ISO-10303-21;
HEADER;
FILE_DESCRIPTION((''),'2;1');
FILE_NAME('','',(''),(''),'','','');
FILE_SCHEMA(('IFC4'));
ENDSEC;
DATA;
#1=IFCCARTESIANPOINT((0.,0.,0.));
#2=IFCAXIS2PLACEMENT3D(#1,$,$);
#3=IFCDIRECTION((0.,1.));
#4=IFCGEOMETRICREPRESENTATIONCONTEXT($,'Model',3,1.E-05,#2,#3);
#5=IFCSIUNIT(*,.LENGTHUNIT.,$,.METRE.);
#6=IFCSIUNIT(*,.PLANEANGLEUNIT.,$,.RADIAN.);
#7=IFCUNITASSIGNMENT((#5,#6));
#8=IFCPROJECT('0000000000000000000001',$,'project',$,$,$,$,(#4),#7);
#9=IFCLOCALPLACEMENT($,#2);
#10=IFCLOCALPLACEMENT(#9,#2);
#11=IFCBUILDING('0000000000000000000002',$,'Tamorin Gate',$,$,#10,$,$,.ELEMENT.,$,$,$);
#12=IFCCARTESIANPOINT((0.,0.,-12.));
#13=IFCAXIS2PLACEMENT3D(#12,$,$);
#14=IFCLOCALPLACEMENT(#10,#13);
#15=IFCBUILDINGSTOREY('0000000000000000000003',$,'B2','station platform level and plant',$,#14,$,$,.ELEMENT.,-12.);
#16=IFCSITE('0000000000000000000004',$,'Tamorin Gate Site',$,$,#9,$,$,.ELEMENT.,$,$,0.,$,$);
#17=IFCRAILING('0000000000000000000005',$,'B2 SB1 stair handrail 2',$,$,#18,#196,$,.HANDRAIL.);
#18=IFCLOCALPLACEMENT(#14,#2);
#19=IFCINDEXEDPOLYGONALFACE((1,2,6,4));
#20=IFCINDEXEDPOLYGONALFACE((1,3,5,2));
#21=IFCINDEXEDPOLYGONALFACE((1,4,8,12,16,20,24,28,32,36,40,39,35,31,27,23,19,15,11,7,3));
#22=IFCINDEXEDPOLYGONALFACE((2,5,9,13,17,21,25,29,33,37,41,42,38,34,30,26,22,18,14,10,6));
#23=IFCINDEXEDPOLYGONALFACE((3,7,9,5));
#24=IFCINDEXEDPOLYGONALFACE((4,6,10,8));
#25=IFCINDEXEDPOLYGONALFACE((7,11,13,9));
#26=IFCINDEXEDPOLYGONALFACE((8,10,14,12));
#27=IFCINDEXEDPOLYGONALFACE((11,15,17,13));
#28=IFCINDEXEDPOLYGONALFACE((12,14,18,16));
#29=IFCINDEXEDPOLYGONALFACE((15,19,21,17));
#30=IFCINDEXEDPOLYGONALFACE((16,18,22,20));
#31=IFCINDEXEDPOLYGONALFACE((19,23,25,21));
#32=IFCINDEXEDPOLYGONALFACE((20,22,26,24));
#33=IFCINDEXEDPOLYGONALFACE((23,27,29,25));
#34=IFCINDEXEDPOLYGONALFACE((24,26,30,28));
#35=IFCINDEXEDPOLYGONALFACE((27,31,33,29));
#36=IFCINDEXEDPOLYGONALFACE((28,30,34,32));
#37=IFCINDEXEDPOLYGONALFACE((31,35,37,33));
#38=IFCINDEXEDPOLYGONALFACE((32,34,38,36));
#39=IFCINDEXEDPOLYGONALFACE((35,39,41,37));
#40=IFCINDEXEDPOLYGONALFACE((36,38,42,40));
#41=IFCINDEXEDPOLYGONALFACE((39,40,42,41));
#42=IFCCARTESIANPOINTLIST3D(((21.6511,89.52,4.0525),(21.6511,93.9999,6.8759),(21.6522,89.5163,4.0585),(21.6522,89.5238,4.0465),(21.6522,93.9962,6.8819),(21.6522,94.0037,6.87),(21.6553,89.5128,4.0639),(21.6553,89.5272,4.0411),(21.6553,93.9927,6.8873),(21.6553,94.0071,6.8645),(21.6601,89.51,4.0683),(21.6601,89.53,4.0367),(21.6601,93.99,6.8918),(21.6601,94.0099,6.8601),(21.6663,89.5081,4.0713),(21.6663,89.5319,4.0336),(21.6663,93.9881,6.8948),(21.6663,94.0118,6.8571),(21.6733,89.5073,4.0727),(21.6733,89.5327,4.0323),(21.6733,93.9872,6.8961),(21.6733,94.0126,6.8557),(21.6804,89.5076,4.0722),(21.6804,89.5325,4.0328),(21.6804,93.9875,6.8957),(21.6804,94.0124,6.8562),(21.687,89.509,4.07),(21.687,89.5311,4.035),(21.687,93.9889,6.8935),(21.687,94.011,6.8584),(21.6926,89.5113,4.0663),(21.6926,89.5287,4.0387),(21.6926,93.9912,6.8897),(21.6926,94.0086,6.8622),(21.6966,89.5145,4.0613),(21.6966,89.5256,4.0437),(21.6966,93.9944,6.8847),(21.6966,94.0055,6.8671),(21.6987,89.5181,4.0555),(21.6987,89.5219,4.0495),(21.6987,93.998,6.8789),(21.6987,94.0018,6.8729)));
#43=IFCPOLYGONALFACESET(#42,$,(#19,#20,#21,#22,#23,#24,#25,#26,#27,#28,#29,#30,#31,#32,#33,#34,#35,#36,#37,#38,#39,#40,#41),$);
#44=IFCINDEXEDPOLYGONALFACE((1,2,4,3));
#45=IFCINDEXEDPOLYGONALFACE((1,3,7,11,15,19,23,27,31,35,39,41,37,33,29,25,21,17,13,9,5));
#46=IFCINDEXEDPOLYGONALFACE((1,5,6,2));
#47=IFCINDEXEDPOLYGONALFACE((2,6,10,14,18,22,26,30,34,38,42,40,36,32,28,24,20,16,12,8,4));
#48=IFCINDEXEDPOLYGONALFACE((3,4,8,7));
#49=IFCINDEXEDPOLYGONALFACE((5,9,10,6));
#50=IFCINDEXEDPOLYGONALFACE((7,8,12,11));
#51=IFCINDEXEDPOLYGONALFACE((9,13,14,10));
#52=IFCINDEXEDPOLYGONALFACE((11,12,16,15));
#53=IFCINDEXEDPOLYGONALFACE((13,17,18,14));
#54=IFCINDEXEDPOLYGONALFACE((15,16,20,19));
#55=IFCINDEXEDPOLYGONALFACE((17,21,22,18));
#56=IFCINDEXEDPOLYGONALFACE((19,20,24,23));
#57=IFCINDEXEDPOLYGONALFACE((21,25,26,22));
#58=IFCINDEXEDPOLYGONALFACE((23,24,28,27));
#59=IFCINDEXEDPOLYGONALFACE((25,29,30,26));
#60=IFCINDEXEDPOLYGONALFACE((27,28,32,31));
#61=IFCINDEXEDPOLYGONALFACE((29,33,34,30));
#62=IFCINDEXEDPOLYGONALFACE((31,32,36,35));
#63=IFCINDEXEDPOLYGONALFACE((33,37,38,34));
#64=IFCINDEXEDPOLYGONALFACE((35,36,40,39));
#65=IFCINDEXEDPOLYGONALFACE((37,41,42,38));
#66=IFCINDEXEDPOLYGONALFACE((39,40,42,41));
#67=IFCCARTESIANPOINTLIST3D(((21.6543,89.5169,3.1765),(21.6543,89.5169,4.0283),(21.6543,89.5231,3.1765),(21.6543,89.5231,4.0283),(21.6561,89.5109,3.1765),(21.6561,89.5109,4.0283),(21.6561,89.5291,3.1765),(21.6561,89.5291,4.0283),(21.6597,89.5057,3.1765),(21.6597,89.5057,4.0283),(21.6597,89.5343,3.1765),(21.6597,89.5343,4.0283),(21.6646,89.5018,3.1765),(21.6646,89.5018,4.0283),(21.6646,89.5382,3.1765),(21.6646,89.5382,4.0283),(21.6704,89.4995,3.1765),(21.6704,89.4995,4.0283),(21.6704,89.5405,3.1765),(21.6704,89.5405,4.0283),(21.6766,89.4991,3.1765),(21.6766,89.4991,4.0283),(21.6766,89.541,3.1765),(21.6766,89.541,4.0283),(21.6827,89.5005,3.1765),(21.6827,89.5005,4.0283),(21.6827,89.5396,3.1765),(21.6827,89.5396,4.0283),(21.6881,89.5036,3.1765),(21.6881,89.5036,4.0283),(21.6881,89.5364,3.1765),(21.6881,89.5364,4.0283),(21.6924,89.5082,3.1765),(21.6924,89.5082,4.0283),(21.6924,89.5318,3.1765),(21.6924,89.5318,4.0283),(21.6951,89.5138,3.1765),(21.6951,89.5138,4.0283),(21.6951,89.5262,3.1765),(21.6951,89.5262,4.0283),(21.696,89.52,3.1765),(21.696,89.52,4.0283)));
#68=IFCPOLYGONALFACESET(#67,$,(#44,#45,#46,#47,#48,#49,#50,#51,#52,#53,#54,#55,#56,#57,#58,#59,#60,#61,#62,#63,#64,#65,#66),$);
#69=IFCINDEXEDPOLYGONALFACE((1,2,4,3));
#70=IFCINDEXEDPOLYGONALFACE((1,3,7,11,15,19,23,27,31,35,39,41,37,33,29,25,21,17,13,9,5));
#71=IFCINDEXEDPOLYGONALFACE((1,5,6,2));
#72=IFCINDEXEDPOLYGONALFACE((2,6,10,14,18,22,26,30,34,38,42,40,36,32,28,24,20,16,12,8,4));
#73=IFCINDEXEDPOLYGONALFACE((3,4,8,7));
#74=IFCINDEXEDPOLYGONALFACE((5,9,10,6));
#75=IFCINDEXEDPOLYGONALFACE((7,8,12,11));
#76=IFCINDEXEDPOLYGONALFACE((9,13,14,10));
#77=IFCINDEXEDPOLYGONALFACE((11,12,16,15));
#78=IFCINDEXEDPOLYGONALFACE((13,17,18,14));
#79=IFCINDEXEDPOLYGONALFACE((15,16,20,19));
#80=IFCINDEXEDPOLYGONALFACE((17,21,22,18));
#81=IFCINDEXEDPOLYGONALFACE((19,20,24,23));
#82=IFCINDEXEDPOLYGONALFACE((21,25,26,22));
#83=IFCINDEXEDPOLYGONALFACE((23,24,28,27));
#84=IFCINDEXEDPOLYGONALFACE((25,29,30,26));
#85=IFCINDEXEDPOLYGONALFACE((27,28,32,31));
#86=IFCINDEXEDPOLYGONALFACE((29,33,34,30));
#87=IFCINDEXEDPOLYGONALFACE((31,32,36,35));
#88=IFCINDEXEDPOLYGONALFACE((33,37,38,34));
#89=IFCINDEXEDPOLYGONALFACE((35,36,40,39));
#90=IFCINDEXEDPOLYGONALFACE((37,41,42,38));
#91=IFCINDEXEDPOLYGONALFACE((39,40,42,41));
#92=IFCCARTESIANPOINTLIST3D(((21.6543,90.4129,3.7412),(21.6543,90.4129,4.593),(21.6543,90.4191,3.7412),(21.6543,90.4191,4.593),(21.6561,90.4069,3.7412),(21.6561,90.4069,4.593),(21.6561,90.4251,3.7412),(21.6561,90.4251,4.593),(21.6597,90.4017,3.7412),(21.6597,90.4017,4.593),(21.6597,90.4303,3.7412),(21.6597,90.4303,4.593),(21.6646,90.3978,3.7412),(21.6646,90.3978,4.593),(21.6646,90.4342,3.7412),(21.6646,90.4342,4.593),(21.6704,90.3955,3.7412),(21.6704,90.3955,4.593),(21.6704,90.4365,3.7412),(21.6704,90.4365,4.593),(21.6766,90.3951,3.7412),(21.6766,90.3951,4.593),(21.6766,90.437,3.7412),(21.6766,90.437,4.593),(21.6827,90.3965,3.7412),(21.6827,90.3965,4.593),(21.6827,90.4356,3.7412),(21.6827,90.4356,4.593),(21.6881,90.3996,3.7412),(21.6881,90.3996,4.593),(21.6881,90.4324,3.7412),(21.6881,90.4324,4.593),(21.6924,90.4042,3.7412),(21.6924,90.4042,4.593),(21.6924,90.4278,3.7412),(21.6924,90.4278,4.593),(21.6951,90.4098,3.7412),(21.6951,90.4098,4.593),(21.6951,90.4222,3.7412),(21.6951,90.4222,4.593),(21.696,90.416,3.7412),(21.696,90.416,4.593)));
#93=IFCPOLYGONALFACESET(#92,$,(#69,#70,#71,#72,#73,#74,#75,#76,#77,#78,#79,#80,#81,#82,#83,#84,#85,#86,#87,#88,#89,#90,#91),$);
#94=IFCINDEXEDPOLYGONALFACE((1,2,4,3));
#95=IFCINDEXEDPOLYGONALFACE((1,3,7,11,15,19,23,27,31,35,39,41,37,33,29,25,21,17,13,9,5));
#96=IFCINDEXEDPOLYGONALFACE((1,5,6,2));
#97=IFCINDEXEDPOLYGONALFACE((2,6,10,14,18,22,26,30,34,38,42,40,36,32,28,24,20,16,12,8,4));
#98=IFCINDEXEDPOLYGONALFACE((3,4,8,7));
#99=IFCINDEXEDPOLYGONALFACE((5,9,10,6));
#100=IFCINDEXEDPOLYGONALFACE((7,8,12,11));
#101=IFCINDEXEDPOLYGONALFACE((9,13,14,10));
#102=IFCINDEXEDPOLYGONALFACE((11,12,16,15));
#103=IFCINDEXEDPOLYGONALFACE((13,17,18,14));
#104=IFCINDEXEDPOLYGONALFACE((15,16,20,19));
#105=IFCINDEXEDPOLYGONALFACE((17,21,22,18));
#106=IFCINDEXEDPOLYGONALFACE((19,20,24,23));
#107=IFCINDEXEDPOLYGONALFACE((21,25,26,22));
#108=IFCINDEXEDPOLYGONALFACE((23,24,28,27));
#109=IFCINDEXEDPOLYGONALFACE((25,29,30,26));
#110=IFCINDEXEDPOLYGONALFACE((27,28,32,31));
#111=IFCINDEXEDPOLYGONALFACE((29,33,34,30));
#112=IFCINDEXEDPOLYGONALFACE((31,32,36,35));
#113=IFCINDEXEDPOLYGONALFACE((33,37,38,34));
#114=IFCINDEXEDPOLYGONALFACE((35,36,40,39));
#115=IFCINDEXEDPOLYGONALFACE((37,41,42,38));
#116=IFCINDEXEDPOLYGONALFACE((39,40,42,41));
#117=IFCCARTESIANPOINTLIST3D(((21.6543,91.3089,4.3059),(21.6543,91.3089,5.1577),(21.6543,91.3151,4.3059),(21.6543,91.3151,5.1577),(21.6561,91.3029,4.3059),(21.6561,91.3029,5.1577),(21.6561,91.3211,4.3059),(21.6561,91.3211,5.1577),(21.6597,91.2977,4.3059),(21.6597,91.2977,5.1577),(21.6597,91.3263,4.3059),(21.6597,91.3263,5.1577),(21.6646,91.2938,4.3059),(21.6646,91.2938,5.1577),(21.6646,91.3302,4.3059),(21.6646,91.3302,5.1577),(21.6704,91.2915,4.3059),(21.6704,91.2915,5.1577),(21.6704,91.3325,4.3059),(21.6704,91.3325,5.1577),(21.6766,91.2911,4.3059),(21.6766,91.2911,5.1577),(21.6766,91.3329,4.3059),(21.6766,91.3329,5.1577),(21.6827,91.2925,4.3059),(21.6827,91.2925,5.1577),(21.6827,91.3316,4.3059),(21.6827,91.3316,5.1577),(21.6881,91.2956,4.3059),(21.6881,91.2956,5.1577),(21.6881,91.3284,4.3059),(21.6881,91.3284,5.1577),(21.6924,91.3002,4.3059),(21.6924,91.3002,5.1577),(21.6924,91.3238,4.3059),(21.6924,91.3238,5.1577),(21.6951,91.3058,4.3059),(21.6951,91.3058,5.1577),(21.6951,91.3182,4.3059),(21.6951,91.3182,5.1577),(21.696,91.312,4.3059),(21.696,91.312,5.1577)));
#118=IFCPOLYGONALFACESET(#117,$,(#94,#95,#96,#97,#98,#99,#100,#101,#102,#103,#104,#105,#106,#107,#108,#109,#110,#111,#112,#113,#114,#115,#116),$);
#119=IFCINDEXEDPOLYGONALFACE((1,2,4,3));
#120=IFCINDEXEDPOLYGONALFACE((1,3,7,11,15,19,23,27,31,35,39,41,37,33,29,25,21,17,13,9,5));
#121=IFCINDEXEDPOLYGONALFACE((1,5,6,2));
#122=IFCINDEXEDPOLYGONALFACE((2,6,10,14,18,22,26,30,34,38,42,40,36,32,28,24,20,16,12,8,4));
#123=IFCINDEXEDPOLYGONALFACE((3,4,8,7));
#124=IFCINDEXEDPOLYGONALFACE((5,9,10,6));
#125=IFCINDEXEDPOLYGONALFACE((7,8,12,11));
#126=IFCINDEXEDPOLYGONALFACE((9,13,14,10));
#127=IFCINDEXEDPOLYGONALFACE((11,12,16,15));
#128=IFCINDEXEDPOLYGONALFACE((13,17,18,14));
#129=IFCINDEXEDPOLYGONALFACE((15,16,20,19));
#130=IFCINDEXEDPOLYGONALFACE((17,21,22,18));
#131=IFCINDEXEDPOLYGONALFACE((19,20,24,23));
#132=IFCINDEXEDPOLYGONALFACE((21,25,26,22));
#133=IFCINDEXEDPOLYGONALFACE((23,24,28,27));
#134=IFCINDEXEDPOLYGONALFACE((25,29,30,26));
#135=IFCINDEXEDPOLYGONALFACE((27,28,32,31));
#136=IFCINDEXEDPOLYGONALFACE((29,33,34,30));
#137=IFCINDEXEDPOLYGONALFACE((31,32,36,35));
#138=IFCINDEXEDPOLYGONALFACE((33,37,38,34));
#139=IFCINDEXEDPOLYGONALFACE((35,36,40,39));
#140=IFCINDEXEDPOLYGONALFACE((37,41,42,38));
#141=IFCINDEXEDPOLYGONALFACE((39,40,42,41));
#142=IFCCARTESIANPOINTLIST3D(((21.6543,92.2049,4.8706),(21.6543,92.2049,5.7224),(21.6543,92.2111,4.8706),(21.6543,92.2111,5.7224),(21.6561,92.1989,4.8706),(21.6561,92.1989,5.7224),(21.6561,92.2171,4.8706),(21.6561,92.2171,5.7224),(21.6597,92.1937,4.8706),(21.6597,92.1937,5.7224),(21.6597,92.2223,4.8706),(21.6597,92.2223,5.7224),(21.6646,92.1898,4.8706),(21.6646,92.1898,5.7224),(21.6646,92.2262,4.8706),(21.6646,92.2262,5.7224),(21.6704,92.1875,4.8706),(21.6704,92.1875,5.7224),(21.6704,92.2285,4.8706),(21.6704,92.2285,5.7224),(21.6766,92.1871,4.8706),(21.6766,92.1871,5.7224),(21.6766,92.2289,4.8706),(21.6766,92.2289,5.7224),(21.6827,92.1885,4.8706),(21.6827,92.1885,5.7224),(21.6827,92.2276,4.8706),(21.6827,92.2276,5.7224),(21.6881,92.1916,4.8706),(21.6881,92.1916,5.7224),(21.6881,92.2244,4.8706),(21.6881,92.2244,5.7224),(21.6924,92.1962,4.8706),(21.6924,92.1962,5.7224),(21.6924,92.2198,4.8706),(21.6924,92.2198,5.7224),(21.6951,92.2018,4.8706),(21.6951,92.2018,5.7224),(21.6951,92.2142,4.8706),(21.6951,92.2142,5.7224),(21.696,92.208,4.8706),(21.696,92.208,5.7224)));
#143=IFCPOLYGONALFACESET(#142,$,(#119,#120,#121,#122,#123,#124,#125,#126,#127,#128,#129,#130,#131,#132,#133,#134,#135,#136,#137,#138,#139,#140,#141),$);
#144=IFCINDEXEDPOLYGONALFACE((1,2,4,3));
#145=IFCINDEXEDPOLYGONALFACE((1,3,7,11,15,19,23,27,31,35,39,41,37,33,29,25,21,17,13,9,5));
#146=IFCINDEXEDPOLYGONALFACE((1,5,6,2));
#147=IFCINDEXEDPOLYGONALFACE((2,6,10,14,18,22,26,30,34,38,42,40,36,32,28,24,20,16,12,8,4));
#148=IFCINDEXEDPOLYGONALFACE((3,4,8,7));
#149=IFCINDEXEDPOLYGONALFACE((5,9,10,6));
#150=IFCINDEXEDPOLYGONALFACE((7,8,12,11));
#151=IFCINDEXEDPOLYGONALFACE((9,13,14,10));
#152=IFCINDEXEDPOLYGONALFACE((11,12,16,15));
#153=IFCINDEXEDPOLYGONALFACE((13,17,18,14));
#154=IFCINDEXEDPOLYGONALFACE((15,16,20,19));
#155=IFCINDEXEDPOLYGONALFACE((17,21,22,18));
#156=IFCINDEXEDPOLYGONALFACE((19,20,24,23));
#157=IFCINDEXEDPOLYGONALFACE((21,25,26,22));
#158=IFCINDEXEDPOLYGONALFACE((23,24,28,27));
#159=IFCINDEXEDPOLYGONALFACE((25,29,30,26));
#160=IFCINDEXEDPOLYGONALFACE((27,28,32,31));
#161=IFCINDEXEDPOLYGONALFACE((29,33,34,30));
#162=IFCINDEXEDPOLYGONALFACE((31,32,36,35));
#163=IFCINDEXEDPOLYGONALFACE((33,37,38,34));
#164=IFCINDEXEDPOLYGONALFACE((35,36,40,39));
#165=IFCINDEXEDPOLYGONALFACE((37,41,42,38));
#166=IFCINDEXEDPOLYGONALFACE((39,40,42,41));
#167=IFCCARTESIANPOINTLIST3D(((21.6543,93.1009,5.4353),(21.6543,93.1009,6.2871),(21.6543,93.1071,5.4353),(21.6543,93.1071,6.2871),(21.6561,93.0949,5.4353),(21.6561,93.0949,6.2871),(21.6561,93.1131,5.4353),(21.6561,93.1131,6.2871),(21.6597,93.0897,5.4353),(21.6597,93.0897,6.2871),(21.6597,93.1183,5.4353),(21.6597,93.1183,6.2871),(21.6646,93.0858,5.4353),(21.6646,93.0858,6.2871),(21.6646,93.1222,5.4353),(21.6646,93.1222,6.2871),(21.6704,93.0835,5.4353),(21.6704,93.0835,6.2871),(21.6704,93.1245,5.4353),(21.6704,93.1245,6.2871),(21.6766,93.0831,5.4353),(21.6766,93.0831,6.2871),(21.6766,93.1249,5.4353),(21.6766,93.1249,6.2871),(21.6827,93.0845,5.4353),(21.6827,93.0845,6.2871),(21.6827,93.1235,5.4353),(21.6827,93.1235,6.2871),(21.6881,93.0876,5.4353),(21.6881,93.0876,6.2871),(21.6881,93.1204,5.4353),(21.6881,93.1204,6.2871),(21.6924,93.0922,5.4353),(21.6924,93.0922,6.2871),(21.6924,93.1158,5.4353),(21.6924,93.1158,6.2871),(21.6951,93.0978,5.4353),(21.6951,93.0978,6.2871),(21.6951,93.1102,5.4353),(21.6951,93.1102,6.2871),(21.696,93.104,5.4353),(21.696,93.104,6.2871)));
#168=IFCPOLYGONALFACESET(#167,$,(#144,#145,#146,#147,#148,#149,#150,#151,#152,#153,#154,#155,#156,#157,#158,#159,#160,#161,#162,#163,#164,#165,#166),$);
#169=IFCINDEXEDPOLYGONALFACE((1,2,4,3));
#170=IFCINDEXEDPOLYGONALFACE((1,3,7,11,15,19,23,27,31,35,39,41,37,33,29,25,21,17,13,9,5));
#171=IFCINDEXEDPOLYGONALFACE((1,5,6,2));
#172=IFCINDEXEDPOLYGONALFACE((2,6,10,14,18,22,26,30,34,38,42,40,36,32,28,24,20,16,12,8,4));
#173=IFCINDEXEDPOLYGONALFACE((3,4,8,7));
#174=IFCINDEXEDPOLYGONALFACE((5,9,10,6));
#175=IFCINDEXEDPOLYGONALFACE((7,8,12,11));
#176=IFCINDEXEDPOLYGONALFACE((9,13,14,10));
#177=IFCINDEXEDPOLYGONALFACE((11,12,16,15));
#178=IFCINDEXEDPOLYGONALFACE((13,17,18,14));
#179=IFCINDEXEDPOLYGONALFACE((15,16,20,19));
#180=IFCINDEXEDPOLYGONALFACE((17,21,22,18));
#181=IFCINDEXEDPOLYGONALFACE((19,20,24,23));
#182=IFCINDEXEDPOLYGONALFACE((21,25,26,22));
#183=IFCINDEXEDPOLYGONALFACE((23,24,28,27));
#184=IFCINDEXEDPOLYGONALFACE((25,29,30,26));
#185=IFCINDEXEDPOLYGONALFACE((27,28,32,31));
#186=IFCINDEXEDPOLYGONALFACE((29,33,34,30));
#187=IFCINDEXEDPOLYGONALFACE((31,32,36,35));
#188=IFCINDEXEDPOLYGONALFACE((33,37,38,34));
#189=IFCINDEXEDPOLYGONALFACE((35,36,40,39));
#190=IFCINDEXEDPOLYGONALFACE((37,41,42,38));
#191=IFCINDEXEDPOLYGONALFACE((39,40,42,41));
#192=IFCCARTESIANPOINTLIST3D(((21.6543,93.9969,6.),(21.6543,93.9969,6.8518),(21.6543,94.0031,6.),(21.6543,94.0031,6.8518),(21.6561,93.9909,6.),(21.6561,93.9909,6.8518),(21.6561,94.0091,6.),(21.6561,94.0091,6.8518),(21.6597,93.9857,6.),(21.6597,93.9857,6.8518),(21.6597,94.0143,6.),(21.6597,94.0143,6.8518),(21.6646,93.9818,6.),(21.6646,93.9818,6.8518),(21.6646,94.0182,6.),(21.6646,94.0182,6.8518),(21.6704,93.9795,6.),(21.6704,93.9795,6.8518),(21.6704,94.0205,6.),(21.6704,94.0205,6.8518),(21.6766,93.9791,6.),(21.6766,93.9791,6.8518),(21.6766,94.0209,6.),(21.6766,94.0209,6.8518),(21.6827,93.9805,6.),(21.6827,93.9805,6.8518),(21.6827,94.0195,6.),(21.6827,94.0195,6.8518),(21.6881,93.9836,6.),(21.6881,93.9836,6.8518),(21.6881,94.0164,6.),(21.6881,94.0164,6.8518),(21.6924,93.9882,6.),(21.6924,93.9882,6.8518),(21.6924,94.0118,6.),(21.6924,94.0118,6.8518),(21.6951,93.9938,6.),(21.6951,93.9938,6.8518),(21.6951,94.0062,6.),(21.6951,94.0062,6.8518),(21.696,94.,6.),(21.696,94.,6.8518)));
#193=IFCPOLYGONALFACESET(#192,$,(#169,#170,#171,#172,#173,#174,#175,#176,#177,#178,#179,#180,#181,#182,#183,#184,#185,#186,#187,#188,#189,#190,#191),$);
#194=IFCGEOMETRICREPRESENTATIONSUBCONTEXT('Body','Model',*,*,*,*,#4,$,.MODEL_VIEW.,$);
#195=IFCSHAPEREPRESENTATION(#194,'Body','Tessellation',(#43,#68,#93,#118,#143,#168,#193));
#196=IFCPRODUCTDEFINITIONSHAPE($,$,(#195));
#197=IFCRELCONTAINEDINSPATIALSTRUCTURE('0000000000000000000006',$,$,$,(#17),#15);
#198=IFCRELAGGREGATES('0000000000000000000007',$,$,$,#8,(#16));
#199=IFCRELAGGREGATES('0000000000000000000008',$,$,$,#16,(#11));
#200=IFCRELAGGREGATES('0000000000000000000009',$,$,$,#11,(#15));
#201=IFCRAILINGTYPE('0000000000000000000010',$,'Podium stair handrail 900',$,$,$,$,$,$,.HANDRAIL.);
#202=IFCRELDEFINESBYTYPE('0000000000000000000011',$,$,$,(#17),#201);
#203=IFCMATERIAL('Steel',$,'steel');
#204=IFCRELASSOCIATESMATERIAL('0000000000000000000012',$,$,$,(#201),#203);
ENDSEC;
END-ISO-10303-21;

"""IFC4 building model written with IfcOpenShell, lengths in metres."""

from ifc_helpers import new_model, si_unit, direction, frame, origin, origin_2d, place, context, subcontext, project, spatial, circle, extrude, material, type_object, element, save


model = new_model("IFC4")

# Units and contexts
model_context = context("Model", 3, precision=1e-05, world=origin(), true_north=direction((0.0, 1.0)))
body_context = subcontext(model_context, "Body", "Model", "MODEL_VIEW")
ifc_project = project(units=[si_unit("LENGTHUNIT", "METRE"), si_unit("PLANEANGLEUNIT", "RADIAN")], contexts=[model_context])

# Site, building, storey
site_placement = place(None, origin())
site = spatial("IfcSite", under=ifc_project, at=site_placement, Name="Tamorin Gate Site", CompositionType="ELEMENT", RefElevation=0.0)
building_placement = place(site_placement, origin())
building = spatial("IfcBuilding", under=site, at=building_placement, Name="Tamorin Gate", CompositionType="ELEMENT")
storey_placement = place(building_placement, frame((0.0, 0.0, -12.0)))
storey = spatial("IfcBuildingStorey", under=building, at=storey_placement, Name="B2", Description="station platform level and plant", CompositionType="ELEMENT", Elevation=-12.0)

# Railing
ifc_material_1 = material(Name="Steel", Category="steel")
railing_type_1 = type_object("IfcRailingType", Name="Podium stair handrail 900", PredefinedType="HANDRAIL", material=ifc_material_1)
railing_1_placement = place(storey_placement, frame((21.675, 89.52, 3.1765)))
element("IfcRailing", 1, at=railing_1_placement, inside=storey, type_object=railing_type_1, Name="B2 SB1 stair handrail 2", PredefinedType="HANDRAIL", context=body_context, shape_type="SweptSolid", body=[
    extrude(circle(Radius=0.0239, at=origin_2d()), frame((0.0, 0.0, 0.876), z_axis=(0.0, 0.845998, 0.533186), x_axis=(-1.0, 0.0, 0.0)), (0.0, 0.0, 1.0), 5.2954),
    extrude(circle(Radius=0.021, at=origin_2d()), origin(), (0.0, 0.0, 1.0), 0.8518),
    extrude(circle(Radius=0.021, at=origin_2d()), frame((0.0, 0.896, 0.5647)), (0.0, 0.0, 1.0), 0.8518),
    extrude(circle(Radius=0.021, at=origin_2d()), frame((0.0, 1.792, 1.1294)), (0.0, 0.0, 1.0), 0.8518),
    extrude(circle(Radius=0.021, at=origin_2d()), frame((0.0, 2.688, 1.6941)), (0.0, 0.0, 1.0), 0.8518),
    extrude(circle(Radius=0.021, at=origin_2d()), frame((0.0, 3.584, 2.2588)), (0.0, 0.0, 1.0), 0.8518),
    extrude(circle(Radius=0.021, at=origin_2d()), frame((0.0, 4.48, 2.8235)), (0.0, 0.0, 1.0), 0.8518),
])

save(model, "model.ifc")
